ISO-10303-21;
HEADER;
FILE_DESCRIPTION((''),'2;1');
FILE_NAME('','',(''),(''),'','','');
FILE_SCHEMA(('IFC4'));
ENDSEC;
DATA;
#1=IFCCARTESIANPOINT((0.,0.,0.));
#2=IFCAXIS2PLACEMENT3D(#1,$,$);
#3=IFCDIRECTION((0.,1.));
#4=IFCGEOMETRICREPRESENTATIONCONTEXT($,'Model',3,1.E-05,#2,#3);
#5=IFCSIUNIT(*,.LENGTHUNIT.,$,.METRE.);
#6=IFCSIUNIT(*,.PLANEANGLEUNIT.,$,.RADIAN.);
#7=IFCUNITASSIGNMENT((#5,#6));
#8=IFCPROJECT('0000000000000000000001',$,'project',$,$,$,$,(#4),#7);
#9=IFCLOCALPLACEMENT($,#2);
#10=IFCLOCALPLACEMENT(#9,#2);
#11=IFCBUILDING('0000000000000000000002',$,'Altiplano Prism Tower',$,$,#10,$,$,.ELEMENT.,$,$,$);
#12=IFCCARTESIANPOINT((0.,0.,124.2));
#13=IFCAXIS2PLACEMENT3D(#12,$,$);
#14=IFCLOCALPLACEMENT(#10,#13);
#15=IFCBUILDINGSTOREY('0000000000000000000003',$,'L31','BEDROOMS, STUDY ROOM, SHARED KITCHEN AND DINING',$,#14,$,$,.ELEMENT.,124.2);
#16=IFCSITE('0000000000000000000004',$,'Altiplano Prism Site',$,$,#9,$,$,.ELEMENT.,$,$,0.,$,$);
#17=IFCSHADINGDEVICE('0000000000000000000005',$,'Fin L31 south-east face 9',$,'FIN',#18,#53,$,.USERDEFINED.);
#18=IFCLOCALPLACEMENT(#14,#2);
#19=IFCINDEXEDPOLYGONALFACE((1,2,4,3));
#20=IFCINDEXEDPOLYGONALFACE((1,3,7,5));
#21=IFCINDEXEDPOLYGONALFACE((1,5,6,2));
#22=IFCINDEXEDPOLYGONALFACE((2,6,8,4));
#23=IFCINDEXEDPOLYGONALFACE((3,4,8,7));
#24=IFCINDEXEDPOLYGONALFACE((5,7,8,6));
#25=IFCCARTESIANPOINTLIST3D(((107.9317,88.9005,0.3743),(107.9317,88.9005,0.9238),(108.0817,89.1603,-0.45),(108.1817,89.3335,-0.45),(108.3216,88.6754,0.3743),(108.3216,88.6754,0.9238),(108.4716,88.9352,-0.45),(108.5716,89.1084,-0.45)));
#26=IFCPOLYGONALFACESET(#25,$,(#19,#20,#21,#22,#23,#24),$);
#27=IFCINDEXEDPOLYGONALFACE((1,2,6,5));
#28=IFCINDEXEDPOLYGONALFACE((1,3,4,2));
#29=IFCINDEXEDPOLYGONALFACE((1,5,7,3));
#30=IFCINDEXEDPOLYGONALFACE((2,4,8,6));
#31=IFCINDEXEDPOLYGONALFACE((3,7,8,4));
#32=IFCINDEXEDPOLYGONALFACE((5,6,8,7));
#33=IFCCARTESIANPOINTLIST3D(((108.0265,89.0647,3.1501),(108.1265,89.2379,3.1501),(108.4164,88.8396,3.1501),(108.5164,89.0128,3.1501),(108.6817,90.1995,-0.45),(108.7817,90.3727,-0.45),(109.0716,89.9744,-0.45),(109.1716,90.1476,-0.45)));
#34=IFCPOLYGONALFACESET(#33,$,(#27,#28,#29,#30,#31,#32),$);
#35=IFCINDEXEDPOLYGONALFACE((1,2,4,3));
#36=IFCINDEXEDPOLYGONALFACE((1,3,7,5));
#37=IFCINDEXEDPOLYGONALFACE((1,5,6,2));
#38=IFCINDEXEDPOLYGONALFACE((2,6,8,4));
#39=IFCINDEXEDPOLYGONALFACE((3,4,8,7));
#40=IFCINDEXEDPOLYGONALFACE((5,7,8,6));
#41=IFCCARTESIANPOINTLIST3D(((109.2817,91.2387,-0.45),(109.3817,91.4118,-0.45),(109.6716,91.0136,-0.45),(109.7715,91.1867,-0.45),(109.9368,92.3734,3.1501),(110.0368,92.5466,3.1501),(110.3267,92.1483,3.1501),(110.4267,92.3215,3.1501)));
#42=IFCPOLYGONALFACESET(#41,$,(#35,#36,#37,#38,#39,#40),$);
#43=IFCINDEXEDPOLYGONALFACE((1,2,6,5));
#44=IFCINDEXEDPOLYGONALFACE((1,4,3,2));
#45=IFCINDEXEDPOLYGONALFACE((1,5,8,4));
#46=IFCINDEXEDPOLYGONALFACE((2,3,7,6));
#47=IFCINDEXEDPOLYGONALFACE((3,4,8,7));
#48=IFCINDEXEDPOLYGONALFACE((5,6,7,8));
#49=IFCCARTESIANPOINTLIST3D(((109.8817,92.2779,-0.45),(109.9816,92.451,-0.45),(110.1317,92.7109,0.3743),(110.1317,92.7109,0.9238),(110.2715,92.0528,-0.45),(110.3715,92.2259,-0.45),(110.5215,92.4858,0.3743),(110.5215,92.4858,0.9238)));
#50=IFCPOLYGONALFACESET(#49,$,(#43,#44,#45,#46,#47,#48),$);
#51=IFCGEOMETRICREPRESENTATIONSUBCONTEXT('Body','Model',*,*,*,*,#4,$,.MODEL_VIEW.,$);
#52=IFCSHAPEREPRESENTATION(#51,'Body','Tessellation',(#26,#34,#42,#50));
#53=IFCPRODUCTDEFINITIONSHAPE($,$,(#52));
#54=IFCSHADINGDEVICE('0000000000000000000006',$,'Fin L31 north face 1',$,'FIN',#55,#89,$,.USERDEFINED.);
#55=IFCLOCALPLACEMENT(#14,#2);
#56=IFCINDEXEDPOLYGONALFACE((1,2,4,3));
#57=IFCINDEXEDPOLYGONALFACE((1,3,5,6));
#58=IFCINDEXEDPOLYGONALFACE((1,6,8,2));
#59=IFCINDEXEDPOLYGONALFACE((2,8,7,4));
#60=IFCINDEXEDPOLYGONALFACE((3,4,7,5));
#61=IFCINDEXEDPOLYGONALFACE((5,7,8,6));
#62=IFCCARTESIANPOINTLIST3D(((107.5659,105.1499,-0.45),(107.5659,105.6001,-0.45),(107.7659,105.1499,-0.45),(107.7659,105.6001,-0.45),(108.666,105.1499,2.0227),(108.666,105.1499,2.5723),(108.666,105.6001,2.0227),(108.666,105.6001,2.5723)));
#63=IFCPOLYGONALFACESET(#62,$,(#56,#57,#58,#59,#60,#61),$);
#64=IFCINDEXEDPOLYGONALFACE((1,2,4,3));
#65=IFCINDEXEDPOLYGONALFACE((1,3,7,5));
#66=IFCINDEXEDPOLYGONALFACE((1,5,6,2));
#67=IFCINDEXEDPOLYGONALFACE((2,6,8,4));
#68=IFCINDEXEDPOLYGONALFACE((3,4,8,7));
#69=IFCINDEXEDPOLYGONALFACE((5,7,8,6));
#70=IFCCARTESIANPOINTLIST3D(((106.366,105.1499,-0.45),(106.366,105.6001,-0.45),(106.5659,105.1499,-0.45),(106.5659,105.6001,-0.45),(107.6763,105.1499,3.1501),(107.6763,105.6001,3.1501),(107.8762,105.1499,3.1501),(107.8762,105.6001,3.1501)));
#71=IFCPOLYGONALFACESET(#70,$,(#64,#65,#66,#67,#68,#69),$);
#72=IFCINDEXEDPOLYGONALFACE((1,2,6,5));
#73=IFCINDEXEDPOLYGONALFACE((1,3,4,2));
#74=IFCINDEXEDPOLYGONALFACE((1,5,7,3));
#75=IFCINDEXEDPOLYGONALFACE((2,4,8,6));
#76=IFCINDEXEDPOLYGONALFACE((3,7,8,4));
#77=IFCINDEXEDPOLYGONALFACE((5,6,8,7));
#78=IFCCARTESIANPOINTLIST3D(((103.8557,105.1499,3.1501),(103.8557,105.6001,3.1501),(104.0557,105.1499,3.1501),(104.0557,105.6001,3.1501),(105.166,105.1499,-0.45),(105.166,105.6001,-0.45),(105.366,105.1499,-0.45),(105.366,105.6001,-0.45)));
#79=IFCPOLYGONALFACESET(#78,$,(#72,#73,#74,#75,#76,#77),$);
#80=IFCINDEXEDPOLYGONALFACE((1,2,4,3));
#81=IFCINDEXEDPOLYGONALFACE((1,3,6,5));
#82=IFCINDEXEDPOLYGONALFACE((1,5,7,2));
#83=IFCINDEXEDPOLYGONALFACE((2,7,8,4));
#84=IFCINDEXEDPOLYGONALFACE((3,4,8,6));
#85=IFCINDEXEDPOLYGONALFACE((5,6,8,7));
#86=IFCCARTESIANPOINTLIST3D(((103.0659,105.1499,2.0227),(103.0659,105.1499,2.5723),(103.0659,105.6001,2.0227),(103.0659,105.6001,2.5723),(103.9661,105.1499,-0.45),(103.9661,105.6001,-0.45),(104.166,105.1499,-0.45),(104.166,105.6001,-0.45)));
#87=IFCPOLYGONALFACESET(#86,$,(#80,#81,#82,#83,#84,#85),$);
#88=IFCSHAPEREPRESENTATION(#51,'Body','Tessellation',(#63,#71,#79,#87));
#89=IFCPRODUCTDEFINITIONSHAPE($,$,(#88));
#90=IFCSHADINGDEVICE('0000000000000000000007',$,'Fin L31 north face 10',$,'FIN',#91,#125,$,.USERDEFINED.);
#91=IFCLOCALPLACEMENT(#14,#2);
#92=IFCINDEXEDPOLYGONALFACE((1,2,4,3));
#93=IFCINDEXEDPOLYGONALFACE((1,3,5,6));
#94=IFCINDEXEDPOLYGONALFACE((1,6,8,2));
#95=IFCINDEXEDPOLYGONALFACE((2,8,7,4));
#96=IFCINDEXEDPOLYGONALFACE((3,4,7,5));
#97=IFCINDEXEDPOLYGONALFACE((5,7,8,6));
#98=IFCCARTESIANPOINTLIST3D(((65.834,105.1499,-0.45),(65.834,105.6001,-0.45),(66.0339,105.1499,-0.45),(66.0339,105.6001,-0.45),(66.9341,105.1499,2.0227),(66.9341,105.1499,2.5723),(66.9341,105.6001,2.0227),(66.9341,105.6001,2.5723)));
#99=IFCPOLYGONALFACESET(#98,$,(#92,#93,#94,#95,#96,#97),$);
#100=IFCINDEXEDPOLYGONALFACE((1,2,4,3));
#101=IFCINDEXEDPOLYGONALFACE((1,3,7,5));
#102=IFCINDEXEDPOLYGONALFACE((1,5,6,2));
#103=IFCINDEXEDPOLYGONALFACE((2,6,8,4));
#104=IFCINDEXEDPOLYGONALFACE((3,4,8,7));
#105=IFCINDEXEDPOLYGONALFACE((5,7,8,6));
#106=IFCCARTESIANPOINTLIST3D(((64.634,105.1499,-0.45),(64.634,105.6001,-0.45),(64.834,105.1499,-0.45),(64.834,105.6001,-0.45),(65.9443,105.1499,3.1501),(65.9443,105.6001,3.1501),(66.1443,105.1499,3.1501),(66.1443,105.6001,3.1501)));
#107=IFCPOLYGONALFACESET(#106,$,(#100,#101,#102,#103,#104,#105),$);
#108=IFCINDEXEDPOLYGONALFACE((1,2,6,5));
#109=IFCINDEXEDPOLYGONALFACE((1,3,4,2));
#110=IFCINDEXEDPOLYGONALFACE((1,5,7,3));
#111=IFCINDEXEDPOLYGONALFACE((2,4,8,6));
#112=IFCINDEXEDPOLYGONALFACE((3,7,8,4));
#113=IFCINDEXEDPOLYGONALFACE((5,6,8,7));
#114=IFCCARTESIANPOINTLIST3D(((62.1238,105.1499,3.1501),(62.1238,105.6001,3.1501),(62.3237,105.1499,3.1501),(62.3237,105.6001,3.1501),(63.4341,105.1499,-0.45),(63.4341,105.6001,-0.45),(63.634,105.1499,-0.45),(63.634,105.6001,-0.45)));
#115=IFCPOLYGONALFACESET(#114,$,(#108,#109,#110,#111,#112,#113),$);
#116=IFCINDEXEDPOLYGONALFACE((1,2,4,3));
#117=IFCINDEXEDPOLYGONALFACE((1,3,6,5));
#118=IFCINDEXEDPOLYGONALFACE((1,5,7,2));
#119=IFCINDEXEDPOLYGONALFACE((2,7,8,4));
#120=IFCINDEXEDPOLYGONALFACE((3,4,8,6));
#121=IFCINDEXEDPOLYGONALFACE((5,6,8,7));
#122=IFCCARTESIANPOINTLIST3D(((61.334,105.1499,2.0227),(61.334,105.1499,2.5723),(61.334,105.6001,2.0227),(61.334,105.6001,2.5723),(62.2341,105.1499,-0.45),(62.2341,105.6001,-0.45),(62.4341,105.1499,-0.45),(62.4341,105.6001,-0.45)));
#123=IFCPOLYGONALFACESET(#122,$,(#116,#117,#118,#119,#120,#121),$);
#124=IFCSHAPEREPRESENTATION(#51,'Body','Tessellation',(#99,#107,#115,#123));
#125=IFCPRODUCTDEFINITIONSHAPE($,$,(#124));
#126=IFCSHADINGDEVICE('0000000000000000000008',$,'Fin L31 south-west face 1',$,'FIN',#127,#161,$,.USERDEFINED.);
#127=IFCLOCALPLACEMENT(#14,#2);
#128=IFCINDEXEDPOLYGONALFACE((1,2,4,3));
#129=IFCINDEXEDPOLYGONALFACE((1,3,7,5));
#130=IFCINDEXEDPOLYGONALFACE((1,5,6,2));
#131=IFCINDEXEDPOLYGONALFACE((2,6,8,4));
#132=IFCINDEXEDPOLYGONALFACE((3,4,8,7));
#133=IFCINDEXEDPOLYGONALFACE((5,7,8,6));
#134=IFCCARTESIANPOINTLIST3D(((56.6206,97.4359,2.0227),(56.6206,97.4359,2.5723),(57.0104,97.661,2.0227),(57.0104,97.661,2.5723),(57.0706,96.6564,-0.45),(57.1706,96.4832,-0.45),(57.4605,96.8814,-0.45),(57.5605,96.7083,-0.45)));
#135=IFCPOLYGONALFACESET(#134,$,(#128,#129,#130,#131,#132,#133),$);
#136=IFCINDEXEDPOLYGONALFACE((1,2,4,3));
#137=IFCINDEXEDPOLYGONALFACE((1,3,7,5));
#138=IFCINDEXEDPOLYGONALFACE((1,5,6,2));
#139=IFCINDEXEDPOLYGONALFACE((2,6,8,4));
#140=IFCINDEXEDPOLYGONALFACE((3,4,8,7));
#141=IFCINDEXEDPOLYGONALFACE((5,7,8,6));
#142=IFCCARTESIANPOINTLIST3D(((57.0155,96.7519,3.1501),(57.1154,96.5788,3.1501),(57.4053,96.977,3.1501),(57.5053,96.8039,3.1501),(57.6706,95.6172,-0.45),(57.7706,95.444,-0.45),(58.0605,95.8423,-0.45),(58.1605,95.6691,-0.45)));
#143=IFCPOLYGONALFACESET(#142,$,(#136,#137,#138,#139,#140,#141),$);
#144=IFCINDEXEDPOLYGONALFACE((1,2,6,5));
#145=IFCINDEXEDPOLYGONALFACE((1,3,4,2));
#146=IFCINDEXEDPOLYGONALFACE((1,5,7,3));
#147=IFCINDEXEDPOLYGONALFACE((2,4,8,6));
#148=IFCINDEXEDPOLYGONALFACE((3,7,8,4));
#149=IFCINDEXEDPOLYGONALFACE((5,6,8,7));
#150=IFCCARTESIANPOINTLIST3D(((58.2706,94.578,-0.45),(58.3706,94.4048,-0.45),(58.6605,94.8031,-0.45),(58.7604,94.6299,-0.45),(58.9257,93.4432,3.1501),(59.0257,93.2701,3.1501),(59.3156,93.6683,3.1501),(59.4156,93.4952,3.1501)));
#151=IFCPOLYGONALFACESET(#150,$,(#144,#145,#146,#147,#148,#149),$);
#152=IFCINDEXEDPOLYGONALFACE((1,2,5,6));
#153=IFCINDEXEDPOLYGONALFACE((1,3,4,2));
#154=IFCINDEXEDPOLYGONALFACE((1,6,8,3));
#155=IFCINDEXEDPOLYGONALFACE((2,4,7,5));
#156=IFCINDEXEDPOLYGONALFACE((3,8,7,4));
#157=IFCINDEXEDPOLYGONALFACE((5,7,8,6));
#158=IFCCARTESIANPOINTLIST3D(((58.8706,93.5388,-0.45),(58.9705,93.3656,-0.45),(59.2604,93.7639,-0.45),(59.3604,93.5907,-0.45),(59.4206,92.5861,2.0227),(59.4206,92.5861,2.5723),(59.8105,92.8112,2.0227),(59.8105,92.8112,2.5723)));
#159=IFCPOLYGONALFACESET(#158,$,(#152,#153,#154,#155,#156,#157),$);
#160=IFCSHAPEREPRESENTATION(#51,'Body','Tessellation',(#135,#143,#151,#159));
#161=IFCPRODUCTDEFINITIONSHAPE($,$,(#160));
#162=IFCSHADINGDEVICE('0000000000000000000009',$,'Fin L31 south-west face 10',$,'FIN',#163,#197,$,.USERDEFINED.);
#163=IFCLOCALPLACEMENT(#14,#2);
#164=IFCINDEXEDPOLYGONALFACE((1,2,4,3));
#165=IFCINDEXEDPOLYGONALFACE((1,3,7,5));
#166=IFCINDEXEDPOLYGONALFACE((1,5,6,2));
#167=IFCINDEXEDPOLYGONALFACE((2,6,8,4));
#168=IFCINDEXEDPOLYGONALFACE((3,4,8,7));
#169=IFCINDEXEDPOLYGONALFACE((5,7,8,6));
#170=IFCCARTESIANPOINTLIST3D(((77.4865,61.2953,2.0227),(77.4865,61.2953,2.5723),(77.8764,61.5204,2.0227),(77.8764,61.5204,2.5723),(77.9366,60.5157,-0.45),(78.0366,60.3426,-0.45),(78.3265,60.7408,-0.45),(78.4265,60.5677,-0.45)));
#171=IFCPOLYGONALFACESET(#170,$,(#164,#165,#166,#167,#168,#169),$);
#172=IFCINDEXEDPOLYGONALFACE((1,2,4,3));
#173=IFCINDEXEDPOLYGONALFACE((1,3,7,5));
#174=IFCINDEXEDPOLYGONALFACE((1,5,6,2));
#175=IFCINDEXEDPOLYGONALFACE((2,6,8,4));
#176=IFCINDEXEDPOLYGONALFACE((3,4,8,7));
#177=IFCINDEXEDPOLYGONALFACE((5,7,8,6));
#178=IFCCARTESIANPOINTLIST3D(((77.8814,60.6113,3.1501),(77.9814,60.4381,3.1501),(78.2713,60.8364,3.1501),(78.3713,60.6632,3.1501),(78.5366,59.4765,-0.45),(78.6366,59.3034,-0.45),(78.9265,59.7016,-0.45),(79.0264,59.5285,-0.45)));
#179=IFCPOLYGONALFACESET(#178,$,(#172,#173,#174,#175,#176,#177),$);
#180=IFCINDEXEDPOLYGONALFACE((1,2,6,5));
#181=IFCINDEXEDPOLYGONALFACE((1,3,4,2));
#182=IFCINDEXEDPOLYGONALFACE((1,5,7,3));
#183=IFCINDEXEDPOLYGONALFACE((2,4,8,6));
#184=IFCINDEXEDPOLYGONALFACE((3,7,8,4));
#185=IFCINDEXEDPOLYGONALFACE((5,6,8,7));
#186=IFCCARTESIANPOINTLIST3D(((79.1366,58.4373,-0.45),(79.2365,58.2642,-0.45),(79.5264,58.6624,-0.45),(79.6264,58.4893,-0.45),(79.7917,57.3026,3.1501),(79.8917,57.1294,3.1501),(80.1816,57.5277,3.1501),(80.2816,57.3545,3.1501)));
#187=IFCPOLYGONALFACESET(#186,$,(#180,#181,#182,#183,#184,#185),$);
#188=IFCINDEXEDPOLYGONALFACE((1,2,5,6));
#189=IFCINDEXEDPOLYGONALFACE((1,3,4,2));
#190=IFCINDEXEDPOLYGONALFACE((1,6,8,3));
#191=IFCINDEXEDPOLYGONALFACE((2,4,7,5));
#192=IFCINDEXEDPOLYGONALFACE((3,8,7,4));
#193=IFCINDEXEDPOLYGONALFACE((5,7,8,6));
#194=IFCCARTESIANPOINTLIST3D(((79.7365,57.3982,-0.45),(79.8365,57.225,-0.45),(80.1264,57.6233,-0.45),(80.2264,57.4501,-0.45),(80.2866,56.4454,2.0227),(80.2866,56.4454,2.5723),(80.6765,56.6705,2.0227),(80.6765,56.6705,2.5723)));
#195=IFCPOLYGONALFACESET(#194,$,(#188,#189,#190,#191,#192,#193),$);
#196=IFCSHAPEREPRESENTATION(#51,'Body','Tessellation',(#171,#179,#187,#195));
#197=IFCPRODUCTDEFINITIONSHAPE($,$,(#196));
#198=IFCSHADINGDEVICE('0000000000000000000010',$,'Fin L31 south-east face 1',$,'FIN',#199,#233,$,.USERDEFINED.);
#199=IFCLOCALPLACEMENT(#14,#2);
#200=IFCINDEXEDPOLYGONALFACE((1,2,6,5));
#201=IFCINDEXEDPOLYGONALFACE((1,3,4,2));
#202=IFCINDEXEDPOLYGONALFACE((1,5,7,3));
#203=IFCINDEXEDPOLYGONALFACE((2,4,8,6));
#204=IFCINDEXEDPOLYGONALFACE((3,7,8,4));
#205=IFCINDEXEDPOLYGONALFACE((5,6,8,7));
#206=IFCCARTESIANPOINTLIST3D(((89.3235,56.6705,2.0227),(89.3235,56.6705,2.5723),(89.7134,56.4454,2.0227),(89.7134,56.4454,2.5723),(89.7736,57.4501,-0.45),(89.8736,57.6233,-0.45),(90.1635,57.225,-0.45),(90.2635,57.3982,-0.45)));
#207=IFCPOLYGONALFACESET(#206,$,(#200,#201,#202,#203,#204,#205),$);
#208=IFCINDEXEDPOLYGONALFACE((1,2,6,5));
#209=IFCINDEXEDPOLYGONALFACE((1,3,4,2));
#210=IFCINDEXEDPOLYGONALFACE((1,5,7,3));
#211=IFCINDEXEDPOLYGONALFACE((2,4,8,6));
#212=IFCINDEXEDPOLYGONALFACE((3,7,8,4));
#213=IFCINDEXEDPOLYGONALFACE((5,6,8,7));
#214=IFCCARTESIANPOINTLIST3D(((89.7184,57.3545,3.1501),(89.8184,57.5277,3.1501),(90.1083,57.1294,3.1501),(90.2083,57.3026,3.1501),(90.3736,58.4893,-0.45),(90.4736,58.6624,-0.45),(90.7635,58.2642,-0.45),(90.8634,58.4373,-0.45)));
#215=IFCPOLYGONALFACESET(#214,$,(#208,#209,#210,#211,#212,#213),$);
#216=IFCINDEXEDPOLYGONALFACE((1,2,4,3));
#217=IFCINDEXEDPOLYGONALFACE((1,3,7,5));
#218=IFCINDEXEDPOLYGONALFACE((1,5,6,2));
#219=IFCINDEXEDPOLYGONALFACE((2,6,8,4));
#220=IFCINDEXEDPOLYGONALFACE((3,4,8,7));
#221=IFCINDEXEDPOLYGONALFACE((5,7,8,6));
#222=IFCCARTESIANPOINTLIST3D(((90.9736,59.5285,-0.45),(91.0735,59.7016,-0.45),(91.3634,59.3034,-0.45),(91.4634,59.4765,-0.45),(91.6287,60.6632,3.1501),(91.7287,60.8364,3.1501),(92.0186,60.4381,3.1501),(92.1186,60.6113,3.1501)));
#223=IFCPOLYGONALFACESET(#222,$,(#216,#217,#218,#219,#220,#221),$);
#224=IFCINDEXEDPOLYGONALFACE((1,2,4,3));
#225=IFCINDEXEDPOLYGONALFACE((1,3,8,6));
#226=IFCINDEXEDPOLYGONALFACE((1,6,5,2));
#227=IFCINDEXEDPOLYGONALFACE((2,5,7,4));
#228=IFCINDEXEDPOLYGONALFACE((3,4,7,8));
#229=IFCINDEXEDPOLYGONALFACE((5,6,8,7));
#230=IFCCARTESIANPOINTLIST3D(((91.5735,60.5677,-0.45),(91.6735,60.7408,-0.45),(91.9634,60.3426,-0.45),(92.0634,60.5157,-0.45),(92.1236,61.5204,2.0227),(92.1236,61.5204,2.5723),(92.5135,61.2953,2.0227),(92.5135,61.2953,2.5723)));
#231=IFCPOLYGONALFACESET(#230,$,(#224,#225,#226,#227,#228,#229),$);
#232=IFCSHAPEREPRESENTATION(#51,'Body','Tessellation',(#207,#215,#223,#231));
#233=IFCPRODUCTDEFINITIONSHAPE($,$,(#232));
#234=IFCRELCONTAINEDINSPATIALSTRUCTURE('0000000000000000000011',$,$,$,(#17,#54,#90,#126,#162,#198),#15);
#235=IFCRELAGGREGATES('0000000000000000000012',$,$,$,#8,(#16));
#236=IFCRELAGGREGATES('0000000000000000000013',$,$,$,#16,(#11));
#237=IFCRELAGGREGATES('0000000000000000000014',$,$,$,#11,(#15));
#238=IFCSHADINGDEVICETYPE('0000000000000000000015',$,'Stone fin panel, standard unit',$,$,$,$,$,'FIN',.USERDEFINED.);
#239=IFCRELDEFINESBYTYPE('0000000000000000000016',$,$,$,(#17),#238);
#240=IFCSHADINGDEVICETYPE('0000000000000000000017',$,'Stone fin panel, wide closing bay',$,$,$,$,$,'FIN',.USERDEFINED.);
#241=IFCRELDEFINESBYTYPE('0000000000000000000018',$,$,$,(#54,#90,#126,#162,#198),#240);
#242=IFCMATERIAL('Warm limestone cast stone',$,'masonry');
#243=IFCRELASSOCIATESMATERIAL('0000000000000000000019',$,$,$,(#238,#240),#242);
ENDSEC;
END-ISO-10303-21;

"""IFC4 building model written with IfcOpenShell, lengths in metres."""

from ifc_helpers import new_model, si_unit, direction, frame, origin, place, context, subcontext, project, spatial, polyline, outline, extrude, source, transform, mapped, material, type_object, element, save


model = new_model("IFC4")

# Units and contexts
model_context = context("Model", 3, precision=1e-05, world=origin(), true_north=direction((0.0, 1.0)))
body_context = subcontext(model_context, "Body", "Model", "MODEL_VIEW")
ifc_project = project(units=[si_unit("LENGTHUNIT", "METRE"), si_unit("PLANEANGLEUNIT", "RADIAN")], contexts=[model_context])

# Site, building, storey
site_placement = place(None, origin())
site = spatial("IfcSite", under=ifc_project, at=site_placement, Name="Altiplano Prism Site", CompositionType="ELEMENT", RefElevation=0.0)
building_placement = place(site_placement, origin())
building = spatial("IfcBuilding", under=site, at=building_placement, Name="Altiplano Prism Tower", CompositionType="ELEMENT")
storey_placement = place(building_placement, frame((0.0, 0.0, 124.2)))
storey = spatial("IfcBuildingStorey", under=building, at=storey_placement, Name="L31", Description="BEDROOMS, STUDY ROOM, SHARED KITCHEN AND DINING", CompositionType="ELEMENT", Elevation=124.2)

# Shading devices
ifc_material_1 = material(Name="Warm limestone cast stone", Category="masonry")
shading_device_type_1 = type_object("IfcShadingDeviceType", Name="Stone fin panel, standard unit", ElementType="FIN", PredefinedType="USERDEFINED", material=ifc_material_1)
shared_shape_1 = source(origin(), body_context, "Body", "SweptSolid", [
    extrude(outline(polyline([(-2.2, 1.3738), (-2.2, 0.8242), (-1.8999, 0.0), (-1.7, 0.0), (-2.2, 1.3738)])), frame((0.0, -0.1499, 0.0), z_axis=(0.0, -1.0, 0.0), x_axis=(1.0, 0.0, 0.0)), (0.0, 0.0, 1.0), 0.4502),
    extrude(outline(polyline([(-2.0103, 3.6001), (-0.7, 0.0), (-0.5, 0.0), (-1.8103, 3.6001), (-2.0103, 3.6001)])), frame((0.0, -0.1499, 0.0), z_axis=(0.0, -1.0, 0.0), x_axis=(1.0, 0.0, 0.0)), (0.0, 0.0, 1.0), 0.4502),
    extrude(outline(polyline([(1.8103, 3.6001), (0.5, 0.0), (0.7, 0.0), (2.0103, 3.6001), (1.8103, 3.6001)])), frame((0.0, -0.1499, 0.0), z_axis=(0.0, -1.0, 0.0), x_axis=(1.0, 0.0, 0.0)), (0.0, 0.0, 1.0), 0.4502),
    extrude(outline(polyline([(2.2, 0.8242), (2.2, 1.3738), (1.7, 0.0), (1.8999, 0.0), (2.2, 0.8242)])), frame((0.0, -0.1499, 0.0), z_axis=(0.0, -1.0, 0.0), x_axis=(1.0, 0.0, 0.0)), (0.0, 0.0, 1.0), 0.4502),
])
shading_device_1_placement = place(storey_placement, origin())
element("IfcShadingDevice", 1, at=shading_device_1_placement, inside=storey, type_object=shading_device_type_1, Name="Fin L31 south-east face 9", ObjectType="FIN", PredefinedType="USERDEFINED", context=body_context, shape_type="MappedRepresentation", body=[
    mapped(shared_shape_1, transform((108.9019, 90.8806, -0.45), x_axis=(0.5, 0.866025, 0.0), y_axis=(-0.866025, 0.5, 0.0), z_axis=(0.0, 0.0, 1.0))),
])
shading_device_type_2 = type_object("IfcShadingDeviceType", Name="Stone fin panel, wide closing bay", ElementType="FIN", PredefinedType="USERDEFINED", material=ifc_material_1)
shared_shape_2 = source(origin(), body_context, "Body", "SweptSolid", [
    extrude(outline(polyline([(-2.8, 3.0222), (-2.8, 2.4727), (-1.8999, 0.0), (-1.7, 0.0), (-2.8, 3.0222)])), frame((0.0, -0.1499, 0.0), z_axis=(0.0, -1.0, 0.0), x_axis=(1.0, 0.0, 0.0)), (0.0, 0.0, 1.0), 0.4502),
    extrude(outline(polyline([(-2.0103, 3.6001), (-0.7, 0.0), (-0.5, 0.0), (-1.8103, 3.6001), (-2.0103, 3.6001)])), frame((0.0, -0.1499, 0.0), z_axis=(0.0, -1.0, 0.0), x_axis=(1.0, 0.0, 0.0)), (0.0, 0.0, 1.0), 0.4502),
    extrude(outline(polyline([(1.8103, 3.6001), (0.5, 0.0), (0.7, 0.0), (2.0103, 3.6001), (1.8103, 3.6001)])), frame((0.0, -0.1499, 0.0), z_axis=(0.0, -1.0, 0.0), x_axis=(1.0, 0.0, 0.0)), (0.0, 0.0, 1.0), 0.4502),
    extrude(outline(polyline([(2.8, 2.4727), (2.8, 3.0222), (1.7, 0.0), (1.8999, 0.0), (2.8, 2.4727)])), frame((0.0, -0.1499, 0.0), z_axis=(0.0, -1.0, 0.0), x_axis=(1.0, 0.0, 0.0)), (0.0, 0.0, 1.0), 0.4502),
])
shading_device_2_placement = place(storey_placement, origin())
element("IfcShadingDevice", 2, at=shading_device_2_placement, inside=storey, type_object=shading_device_type_2, Name="Fin L31 north face 1", ObjectType="FIN", PredefinedType="USERDEFINED", context=body_context, shape_type="MappedRepresentation", body=[
    mapped(shared_shape_2, transform((105.866, 105.0, -0.45), x_axis=(-1.0, 0.0, 0.0), y_axis=(0.0, -1.0, 0.0), z_axis=(0.0, 0.0, 1.0))),
])
shading_device_3_placement = place(storey_placement, origin())
element("IfcShadingDevice", 3, at=shading_device_3_placement, inside=storey, type_object=shading_device_type_2, Name="Fin L31 north face 10", ObjectType="FIN", PredefinedType="USERDEFINED", context=body_context, shape_type="MappedRepresentation", body=[
    mapped(shared_shape_2, transform((64.134, 105.0, -0.45), x_axis=(-1.0, 0.0, 0.0), y_axis=(0.0, -1.0, 0.0), z_axis=(0.0, 0.0, 1.0))),
])
shading_device_4_placement = place(storey_placement, origin())
element("IfcShadingDevice", 4, at=shading_device_4_placement, inside=storey, type_object=shading_device_type_2, Name="Fin L31 south-west face 1", ObjectType="FIN", PredefinedType="USERDEFINED", context=body_context, shape_type="MappedRepresentation", body=[
    mapped(shared_shape_2, transform((58.5403, 95.311, -0.45), x_axis=(0.5, -0.866025, 0.0), y_axis=(0.866025, 0.5, 0.0), z_axis=(0.0, 0.0, 1.0))),
])
shading_device_5_placement = place(storey_placement, origin())
element("IfcShadingDevice", 5, at=shading_device_5_placement, inside=storey, type_object=shading_device_type_2, Name="Fin L31 south-west face 10", ObjectType="FIN", PredefinedType="USERDEFINED", context=body_context, shape_type="MappedRepresentation", body=[
    mapped(shared_shape_2, transform((79.4062, 59.1704, -0.45), x_axis=(0.5, -0.866025, 0.0), y_axis=(0.866025, 0.5, 0.0), z_axis=(0.0, 0.0, 1.0))),
])
shading_device_6_placement = place(storey_placement, origin())
element("IfcShadingDevice", 6, at=shading_device_6_placement, inside=storey, type_object=shading_device_type_2, Name="Fin L31 south-east face 1", ObjectType="FIN", PredefinedType="USERDEFINED", context=body_context, shape_type="MappedRepresentation", body=[
    mapped(shared_shape_2, transform((90.5938, 59.1704, -0.45), x_axis=(0.5, 0.866025, 0.0), y_axis=(-0.866025, 0.5, 0.0), z_axis=(0.0, 0.0, 1.0))),
])

save(model, "model.ifc")
